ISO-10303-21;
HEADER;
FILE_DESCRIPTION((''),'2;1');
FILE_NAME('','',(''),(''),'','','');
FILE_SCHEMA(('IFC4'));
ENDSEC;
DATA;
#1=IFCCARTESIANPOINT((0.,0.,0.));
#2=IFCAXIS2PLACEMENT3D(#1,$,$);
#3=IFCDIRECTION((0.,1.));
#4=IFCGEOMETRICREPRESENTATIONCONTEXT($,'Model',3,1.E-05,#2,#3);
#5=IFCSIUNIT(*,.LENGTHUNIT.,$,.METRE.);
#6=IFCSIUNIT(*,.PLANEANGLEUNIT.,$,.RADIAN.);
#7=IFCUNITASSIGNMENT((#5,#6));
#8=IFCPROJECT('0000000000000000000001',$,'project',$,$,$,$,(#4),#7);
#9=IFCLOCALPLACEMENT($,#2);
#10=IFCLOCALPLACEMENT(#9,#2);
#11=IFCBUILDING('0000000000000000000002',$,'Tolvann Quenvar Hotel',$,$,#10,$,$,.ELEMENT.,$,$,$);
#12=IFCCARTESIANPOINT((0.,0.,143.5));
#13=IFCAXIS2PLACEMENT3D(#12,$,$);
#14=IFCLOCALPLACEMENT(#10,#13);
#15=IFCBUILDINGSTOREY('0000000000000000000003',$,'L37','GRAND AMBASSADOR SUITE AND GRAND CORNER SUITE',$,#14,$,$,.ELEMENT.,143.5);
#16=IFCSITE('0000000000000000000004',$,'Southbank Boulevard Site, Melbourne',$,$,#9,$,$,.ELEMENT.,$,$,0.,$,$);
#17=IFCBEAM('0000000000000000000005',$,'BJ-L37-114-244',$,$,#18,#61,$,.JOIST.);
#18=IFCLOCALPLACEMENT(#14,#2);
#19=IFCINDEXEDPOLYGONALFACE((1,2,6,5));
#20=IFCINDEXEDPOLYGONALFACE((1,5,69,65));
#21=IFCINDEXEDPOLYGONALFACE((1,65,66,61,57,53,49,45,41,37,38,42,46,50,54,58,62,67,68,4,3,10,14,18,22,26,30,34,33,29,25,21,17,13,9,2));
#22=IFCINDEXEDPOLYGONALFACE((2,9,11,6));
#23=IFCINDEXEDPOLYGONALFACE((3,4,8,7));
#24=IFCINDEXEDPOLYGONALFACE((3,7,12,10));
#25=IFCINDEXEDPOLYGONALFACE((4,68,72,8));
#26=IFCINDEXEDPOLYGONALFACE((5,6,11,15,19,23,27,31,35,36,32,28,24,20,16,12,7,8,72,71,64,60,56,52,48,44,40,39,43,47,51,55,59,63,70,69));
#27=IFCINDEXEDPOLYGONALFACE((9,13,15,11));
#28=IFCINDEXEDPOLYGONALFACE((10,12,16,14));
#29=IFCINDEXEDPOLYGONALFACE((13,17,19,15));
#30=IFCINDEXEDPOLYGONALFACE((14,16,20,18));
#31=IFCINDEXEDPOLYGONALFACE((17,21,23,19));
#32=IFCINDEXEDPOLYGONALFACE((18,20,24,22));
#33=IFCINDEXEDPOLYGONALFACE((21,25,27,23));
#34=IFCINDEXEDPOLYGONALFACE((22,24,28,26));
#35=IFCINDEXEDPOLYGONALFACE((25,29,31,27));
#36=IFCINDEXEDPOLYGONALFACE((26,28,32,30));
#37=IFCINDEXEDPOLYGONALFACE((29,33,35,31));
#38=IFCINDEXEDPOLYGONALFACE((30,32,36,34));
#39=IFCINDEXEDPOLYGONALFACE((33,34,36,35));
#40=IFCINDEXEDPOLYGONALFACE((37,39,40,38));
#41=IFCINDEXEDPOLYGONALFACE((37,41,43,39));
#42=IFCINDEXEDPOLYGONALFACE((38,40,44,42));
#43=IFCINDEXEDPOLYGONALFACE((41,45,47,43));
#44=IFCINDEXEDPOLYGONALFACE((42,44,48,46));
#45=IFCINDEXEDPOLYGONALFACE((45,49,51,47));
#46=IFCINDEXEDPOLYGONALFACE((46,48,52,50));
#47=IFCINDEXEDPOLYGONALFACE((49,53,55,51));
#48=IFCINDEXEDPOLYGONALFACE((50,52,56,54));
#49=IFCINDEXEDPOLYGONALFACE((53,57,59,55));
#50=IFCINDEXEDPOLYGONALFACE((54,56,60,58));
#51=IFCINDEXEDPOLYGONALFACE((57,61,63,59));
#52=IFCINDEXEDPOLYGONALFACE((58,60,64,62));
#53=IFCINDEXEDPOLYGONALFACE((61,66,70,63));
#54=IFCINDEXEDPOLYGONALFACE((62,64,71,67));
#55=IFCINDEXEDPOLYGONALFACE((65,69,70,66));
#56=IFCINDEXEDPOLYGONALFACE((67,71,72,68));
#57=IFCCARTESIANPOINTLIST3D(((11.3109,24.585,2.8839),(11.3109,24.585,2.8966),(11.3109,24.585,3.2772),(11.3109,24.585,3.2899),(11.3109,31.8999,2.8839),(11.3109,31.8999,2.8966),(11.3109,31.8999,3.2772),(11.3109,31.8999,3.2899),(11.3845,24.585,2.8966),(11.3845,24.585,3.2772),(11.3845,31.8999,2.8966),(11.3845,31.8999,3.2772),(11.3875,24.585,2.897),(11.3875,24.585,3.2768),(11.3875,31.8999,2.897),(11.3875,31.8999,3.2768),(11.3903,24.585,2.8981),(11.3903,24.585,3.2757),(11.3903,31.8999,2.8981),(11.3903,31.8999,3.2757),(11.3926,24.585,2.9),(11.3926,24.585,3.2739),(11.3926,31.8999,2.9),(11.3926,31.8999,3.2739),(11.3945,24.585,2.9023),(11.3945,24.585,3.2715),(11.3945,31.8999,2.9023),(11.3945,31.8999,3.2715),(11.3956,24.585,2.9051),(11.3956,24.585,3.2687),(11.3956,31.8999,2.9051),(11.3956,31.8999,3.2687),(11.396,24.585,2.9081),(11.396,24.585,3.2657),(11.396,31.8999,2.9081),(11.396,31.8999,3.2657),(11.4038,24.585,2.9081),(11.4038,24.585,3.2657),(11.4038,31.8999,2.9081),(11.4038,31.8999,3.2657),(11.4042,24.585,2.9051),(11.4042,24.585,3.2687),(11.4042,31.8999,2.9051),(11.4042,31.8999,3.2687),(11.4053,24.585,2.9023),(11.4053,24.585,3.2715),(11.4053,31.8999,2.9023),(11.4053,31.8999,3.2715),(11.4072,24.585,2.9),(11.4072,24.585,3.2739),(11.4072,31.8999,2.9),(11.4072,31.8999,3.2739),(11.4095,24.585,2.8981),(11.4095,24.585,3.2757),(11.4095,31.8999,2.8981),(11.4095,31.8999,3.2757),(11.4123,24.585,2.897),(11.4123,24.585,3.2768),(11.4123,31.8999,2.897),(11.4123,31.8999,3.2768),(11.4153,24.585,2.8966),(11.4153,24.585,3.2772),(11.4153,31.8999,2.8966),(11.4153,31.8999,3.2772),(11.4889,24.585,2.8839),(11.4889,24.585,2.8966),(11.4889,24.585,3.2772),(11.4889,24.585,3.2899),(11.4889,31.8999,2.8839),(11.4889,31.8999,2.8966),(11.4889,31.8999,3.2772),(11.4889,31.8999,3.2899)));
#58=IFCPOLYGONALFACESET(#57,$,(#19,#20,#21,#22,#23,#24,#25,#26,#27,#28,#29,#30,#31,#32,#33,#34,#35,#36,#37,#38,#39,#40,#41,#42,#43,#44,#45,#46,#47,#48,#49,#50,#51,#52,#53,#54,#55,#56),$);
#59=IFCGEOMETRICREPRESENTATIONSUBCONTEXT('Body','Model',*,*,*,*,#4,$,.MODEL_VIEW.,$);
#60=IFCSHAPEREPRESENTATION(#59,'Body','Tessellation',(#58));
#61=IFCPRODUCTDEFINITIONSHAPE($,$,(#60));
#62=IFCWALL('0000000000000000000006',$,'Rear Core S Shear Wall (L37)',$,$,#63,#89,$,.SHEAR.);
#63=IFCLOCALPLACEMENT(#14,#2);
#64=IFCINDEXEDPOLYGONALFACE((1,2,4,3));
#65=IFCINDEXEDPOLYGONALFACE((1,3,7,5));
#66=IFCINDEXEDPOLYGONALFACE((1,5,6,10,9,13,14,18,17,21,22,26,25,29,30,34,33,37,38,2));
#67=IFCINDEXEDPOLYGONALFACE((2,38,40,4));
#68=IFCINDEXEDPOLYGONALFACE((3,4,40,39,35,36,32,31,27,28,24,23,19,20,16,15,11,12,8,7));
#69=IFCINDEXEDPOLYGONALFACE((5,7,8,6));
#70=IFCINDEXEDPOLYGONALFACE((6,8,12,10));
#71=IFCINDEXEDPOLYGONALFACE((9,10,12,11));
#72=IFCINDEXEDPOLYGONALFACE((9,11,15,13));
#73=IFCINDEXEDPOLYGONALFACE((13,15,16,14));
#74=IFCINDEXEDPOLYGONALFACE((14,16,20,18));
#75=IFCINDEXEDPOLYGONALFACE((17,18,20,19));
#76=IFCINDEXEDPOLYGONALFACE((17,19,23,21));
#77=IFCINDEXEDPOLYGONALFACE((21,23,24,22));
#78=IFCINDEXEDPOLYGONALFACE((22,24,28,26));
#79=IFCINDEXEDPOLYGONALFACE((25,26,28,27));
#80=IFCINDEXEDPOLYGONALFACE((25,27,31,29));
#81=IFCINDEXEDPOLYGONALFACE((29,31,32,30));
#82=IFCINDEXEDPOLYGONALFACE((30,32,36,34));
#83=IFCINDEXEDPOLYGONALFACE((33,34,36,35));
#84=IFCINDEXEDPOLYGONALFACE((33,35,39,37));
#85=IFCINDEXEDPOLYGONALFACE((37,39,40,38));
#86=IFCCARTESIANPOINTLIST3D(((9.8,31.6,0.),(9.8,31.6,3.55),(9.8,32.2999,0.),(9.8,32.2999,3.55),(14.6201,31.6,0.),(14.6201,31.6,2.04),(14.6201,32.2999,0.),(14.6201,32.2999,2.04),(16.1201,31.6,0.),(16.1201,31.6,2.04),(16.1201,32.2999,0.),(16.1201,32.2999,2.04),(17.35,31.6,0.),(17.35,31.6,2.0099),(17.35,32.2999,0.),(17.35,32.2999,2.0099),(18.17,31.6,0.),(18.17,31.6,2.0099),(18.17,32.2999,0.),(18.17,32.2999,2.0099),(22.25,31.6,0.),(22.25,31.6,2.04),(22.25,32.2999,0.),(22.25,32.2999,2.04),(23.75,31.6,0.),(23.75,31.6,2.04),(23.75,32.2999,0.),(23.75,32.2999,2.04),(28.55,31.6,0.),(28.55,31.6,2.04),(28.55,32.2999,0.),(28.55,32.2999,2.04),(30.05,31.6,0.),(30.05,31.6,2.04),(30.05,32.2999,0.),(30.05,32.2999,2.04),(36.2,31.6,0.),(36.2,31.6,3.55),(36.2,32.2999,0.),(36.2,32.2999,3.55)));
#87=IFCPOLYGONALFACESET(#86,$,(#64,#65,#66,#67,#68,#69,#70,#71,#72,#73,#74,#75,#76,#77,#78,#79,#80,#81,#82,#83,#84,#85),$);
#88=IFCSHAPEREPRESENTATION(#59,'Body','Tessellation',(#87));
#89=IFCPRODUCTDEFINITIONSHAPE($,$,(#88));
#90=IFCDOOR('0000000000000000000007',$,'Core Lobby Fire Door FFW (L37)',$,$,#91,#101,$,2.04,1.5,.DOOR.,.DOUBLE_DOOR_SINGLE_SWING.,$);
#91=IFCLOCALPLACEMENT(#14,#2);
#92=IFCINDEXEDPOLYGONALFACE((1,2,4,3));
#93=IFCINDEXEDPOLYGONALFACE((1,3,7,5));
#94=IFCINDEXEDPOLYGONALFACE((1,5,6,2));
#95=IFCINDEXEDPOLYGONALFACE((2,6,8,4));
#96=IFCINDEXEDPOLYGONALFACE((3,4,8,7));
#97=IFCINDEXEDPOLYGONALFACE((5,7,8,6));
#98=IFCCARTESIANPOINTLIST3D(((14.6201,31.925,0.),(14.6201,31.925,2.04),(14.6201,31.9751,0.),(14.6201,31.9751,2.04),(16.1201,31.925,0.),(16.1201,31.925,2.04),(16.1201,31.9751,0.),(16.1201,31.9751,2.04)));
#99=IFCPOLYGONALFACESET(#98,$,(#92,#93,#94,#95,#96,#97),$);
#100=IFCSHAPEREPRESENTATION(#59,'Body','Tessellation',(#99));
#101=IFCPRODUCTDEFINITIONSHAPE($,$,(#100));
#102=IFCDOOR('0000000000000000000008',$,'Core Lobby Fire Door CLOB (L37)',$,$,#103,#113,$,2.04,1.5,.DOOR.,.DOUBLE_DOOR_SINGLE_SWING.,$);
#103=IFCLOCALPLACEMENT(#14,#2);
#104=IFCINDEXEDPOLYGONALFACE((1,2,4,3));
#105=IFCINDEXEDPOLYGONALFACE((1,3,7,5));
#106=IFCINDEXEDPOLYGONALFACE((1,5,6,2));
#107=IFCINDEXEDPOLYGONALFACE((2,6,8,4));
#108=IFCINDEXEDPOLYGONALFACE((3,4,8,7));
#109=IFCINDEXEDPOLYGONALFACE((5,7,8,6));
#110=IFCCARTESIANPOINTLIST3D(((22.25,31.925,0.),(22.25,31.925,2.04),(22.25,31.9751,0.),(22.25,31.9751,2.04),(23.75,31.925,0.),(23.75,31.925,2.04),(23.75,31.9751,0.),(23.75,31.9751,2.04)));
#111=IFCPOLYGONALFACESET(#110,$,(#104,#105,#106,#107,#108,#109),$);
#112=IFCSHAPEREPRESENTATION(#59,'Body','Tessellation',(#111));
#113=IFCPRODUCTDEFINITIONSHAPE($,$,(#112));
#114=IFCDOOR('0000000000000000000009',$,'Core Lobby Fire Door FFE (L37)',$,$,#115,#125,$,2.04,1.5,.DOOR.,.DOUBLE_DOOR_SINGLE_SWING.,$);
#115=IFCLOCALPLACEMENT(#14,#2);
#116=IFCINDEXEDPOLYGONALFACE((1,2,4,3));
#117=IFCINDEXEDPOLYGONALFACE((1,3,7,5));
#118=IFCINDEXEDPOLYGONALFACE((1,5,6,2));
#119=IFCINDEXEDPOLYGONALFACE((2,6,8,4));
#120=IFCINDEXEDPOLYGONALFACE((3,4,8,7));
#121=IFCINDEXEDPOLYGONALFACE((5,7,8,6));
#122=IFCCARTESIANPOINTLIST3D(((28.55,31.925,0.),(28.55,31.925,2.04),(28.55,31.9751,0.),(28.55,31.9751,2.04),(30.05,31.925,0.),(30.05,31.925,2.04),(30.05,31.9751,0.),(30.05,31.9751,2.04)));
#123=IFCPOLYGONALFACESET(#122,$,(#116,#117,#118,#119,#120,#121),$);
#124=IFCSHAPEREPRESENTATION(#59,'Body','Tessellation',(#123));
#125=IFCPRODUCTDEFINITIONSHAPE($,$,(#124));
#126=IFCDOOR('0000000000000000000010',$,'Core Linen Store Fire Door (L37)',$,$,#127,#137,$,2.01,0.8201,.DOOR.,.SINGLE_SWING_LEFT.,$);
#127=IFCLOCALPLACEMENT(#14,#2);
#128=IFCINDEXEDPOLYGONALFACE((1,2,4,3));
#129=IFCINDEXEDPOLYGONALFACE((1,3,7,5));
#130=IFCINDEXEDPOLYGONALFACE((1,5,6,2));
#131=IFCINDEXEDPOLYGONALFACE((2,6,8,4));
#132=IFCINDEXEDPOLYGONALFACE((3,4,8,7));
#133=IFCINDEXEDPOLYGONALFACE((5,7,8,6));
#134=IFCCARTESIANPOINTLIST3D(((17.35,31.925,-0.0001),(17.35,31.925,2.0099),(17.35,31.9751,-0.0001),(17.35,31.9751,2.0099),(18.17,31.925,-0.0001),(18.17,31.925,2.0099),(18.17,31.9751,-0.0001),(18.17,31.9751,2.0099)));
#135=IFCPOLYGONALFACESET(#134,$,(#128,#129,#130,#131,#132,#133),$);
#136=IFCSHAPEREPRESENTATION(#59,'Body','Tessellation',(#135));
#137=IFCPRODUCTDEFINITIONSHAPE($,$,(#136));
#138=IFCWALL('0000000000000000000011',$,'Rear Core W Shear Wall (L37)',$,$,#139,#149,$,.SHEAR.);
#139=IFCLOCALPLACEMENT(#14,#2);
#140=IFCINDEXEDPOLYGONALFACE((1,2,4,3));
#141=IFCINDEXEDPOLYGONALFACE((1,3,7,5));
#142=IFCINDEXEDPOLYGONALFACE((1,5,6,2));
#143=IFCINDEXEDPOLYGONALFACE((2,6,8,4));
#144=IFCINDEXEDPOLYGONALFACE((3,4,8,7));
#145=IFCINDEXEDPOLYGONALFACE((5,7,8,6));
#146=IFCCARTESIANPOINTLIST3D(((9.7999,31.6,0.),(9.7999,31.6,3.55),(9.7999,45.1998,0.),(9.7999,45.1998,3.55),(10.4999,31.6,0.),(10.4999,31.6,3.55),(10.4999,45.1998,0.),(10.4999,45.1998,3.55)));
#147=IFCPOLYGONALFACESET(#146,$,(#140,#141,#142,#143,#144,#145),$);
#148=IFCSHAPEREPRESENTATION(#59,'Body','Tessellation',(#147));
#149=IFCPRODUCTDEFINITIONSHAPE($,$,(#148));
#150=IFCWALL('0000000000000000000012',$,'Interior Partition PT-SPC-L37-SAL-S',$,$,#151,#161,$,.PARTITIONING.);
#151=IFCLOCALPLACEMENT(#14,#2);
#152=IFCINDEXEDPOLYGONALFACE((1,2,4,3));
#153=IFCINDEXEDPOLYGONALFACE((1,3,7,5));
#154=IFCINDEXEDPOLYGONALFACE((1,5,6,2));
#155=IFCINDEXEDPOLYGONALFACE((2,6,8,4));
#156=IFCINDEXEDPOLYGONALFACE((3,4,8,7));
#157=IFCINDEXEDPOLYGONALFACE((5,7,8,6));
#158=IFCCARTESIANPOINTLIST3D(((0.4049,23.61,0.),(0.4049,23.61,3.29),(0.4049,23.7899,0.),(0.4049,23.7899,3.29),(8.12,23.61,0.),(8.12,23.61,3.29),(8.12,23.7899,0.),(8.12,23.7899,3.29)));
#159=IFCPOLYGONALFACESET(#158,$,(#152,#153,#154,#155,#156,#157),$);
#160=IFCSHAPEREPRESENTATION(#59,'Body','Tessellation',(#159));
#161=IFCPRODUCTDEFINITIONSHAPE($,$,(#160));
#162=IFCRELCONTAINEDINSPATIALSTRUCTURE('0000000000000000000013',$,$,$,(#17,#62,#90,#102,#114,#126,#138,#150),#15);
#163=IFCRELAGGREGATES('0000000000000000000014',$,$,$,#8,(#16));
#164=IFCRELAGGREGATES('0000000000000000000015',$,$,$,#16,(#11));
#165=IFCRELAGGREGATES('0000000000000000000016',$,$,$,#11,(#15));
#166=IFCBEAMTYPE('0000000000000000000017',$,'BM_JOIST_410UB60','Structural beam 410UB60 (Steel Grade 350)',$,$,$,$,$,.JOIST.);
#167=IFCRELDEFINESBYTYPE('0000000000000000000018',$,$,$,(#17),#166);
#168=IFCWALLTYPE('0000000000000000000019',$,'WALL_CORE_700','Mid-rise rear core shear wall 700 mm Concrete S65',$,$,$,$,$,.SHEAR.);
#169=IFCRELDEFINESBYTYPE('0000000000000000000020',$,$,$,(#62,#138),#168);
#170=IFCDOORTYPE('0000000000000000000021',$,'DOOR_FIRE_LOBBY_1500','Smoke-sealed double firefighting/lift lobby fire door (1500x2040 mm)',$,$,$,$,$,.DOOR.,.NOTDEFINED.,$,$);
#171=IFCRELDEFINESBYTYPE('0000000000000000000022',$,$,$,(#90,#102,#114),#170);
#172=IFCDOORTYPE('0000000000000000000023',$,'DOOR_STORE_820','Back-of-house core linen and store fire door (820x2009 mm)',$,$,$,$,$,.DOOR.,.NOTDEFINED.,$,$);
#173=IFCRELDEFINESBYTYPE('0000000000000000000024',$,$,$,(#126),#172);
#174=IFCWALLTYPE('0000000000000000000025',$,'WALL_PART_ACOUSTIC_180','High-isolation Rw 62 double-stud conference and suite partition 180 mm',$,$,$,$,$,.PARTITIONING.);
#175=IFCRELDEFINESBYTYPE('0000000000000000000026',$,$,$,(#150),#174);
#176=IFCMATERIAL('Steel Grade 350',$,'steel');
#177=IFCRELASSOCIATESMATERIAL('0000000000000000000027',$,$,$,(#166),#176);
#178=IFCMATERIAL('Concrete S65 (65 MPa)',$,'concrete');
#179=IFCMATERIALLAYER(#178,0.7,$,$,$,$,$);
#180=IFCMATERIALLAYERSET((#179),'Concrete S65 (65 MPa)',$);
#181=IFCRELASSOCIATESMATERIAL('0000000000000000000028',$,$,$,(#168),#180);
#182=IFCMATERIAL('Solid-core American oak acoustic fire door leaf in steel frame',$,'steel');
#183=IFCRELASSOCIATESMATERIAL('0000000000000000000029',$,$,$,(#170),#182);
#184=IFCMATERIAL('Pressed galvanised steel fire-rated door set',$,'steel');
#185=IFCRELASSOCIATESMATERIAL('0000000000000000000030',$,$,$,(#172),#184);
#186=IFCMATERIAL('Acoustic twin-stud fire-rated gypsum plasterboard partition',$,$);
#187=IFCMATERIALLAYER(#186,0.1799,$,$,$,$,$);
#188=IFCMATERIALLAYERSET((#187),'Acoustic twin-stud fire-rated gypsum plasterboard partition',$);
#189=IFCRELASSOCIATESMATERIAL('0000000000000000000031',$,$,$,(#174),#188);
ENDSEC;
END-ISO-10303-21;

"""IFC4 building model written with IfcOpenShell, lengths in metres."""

from ifc_helpers import new_model, si_unit, direction, frame, frame_2d, origin, origin_2d, place, context, subcontext, project, spatial, rectangle, i_section, extrude, source, transform, mapped, material, layer, layer_set, material_profile, profile_set, type_object, type_shapes, element, fill, save


model = new_model("IFC4")

# Units and contexts
model_context = context("Model", 3, precision=1e-05, world=origin(), true_north=direction((0.0, 1.0)))
body_context = subcontext(model_context, "Body", "Model", "MODEL_VIEW")
ifc_project = project(units=[si_unit("LENGTHUNIT", "METRE"), si_unit("PLANEANGLEUNIT", "RADIAN")], contexts=[model_context])

# Site, building, storey
site_placement = place(None, origin())
site = spatial("IfcSite", under=ifc_project, at=site_placement, Name="Southbank Boulevard Site, Melbourne", CompositionType="ELEMENT", RefElevation=0.0)
building_placement = place(site_placement, origin())
building = spatial("IfcBuilding", under=site, at=building_placement, Name="Tolvann Quenvar Hotel", CompositionType="ELEMENT")
storey_placement = place(building_placement, frame((0.0, 0.0, 143.5)))
storey = spatial("IfcBuildingStorey", under=building, at=storey_placement, Name="L37", Description="GRAND AMBASSADOR SUITE AND GRAND CORNER SUITE", CompositionType="ELEMENT", Elevation=143.5)

# Shared definitions
ifc_material_1 = material(Name="Concrete S65 (65 MPa)", Category="concrete")
ifc_material_2 = material(Name="Steel Grade 350", Category="steel")

# Beam
ifc_material_profile_1 = material_profile(ifc_material_2, i_section(OverallWidth=0.178, OverallDepth=0.406, WebThickness=0.0078, FlangeThickness=0.0127, FilletRadius=0.0115, at=origin_2d()), Name="410UB60")
ifc_profile_set_1 = profile_set([ifc_material_profile_1], Name="Steel Grade 350")
beam_type_1 = type_object("IfcBeamType", Name="BM_JOIST_410UB60", Description="Structural beam 410UB60 (Steel Grade 350)", PredefinedType="JOIST", material=ifc_profile_set_1)
shared_shape_1 = source(origin(), body_context, "Body", "SweptSolid", [
    extrude(i_section(OverallWidth=0.178, OverallDepth=0.406, WebThickness=0.0078, FlangeThickness=0.0127, FilletRadius=0.0115, at=origin_2d()), origin(), (0.0, 0.0, 1.0), 7.3149),
])
beam_1_placement = place(storey_placement, frame((11.3999, 24.585, 3.0869), z_axis=(0.0, 1.0, 0.0), x_axis=(-1.0, 0.0, 0.0)))
element("IfcBeam", 1, at=beam_1_placement, inside=storey, type_object=beam_type_1, Name="BJ-L37-114-244", PredefinedType="JOIST", context=body_context, shape_type="MappedRepresentation", body=[
    mapped(shared_shape_1, transform((0.0, 0.0, 0.0), x_axis=(1.0, 0.0, 0.0), y_axis=(0.0, 1.0, 0.0), z_axis=(0.0, 0.0, 1.0), scale=1.0)),
])

# Wall, openings, doors
ifc_layer_1 = layer(ifc_material_1, 0.7)
ifc_layer_set_1 = layer_set([ifc_layer_1], Name="Concrete S65 (65 MPa)")
wall_type_1 = type_object("IfcWallType", Name="WALL_CORE_700", Description="Mid-rise rear core shear wall 700 mm Concrete S65", PredefinedType="SHEAR", material=ifc_layer_set_1)
wall_1_placement = place(storey_placement, frame((9.8, 31.95, 0.0), z_axis=(0.0, 0.0, 1.0), x_axis=(1.0, 0.0, 0.0)))
wall_1 = element("IfcWall", 2, at=wall_1_placement, inside=storey, type_object=wall_type_1, Name="Rear Core S Shear Wall (L37)", PredefinedType="SHEAR", context=body_context, shape_type="SweptSolid", body=[
    extrude(rectangle(XDim=26.3999, YDim=0.7, at=frame_2d((13.2, 0.0))), origin(), (0.0, 0.0, 1.0), 3.55),
])
opening_1_placement = place(wall_1_placement, frame((6.3201, 0.0, 0.0), z_axis=(0.0, 0.0, 1.0), x_axis=(-1.0, 0.0, 0.0)))
opening_1 = element("IfcOpeningElement", 3, at=opening_1_placement, cuts=wall_1, PredefinedType="OPENING", context=body_context, shape_type="SweptSolid", body=[
    extrude(rectangle(XDim=1.5, YDim=2.04, at=frame_2d((0.75, 1.02))), frame((0.0, 0.3599, 0.0), z_axis=(0.0, -1.0, 0.0), x_axis=(1.0, 0.0, 0.0)), (0.0, 0.0, 1.0), 0.72),
])
opening_2_placement = place(wall_1_placement, frame((13.95, 0.0, 0.0), z_axis=(0.0, 0.0, 1.0), x_axis=(-1.0, 0.0, 0.0)))
opening_2 = element("IfcOpeningElement", 4, at=opening_2_placement, cuts=wall_1, PredefinedType="OPENING", context=body_context, shape_type="SweptSolid", body=[
    extrude(rectangle(XDim=1.5, YDim=2.04, at=frame_2d((0.75, 1.02))), frame((0.0, 0.3599, 0.0), z_axis=(0.0, -1.0, 0.0), x_axis=(1.0, 0.0, 0.0)), (0.0, 0.0, 1.0), 0.72),
])
opening_3_placement = place(wall_1_placement, frame((20.25, 0.0, 0.0), z_axis=(0.0, 0.0, 1.0), x_axis=(-1.0, 0.0, 0.0)))
opening_3 = element("IfcOpeningElement", 5, at=opening_3_placement, cuts=wall_1, PredefinedType="OPENING", context=body_context, shape_type="SweptSolid", body=[
    extrude(rectangle(XDim=1.5, YDim=2.04, at=frame_2d((0.75, 1.02))), frame((0.0, 0.3599, 0.0), z_axis=(0.0, -1.0, 0.0), x_axis=(1.0, 0.0, 0.0)), (0.0, 0.0, 1.0), 0.72),
])
opening_4_placement = place(wall_1_placement, frame((8.3701, 0.0, 0.0), z_axis=(0.0, 0.0, 1.0), x_axis=(-1.0, 0.0, 0.0)))
opening_4 = element("IfcOpeningElement", 6, at=opening_4_placement, cuts=wall_1, PredefinedType="OPENING", context=body_context, shape_type="SweptSolid", body=[
    extrude(rectangle(XDim=0.8201, YDim=2.01, at=frame_2d((0.4102, 1.0049))), frame((0.0, 0.3599, 0.0), z_axis=(0.0, -1.0, 0.0), x_axis=(1.0, 0.0, 0.0)), (0.0, 0.0, 1.0), 0.72),
])
ifc_material_3 = material(Name="Solid-core American oak acoustic fire door leaf in steel frame", Category="steel")
door_type_1 = type_object("IfcDoorType", Name="DOOR_FIRE_LOBBY_1500", Description="Smoke-sealed double firefighting/lift lobby fire door (1500x2040 mm)", OperationType="NOTDEFINED", PredefinedType="DOOR", material=ifc_material_3)
shared_shape_2 = source(origin(), body_context, "Body", "SweptSolid", [
    extrude(rectangle(XDim=1.5, YDim=2.04, at=frame_2d((0.75, 1.02))), frame((0.0, 0.0249, 0.0), z_axis=(0.0, -1.0, 0.0), x_axis=(1.0, 0.0, 0.0)), (0.0, 0.0, 1.0), 0.05),
])
type_shapes(door_type_1, [shared_shape_2])
door_1_placement = place(opening_1_placement, origin())
door_1 = element("IfcDoor", 7, at=door_1_placement, inside=storey, type_object=door_type_1, Name="Core Lobby Fire Door FFW (L37)", OperationType="DOUBLE_DOOR_SINGLE_SWING", OverallHeight=2.04, OverallWidth=1.5, PredefinedType="DOOR", context=body_context, shape_type="MappedRepresentation", body=[
    mapped(shared_shape_2, transform((0.0, 0.0, 0.0), x_axis=(1.0, 0.0, 0.0), y_axis=(0.0, 1.0, 0.0), z_axis=(0.0, 0.0, 1.0), scale=1.0)),
])
fill(opening_1, door_1)
door_2_placement = place(opening_2_placement, origin())
door_2 = element("IfcDoor", 8, at=door_2_placement, inside=storey, type_object=door_type_1, Name="Core Lobby Fire Door CLOB (L37)", OperationType="DOUBLE_DOOR_SINGLE_SWING", OverallHeight=2.04, OverallWidth=1.5, PredefinedType="DOOR", context=body_context, shape_type="MappedRepresentation", body=[
    mapped(shared_shape_2, transform((0.0, 0.0, 0.0), x_axis=(1.0, 0.0, 0.0), y_axis=(0.0, 1.0, 0.0), z_axis=(0.0, 0.0, 1.0), scale=1.0)),
])
fill(opening_2, door_2)
door_3_placement = place(opening_3_placement, origin())
door_3 = element("IfcDoor", 9, at=door_3_placement, inside=storey, type_object=door_type_1, Name="Core Lobby Fire Door FFE (L37)", OperationType="DOUBLE_DOOR_SINGLE_SWING", OverallHeight=2.04, OverallWidth=1.5, PredefinedType="DOOR", context=body_context, shape_type="MappedRepresentation", body=[
    mapped(shared_shape_2, transform((0.0, 0.0, 0.0), x_axis=(1.0, 0.0, 0.0), y_axis=(0.0, 1.0, 0.0), z_axis=(0.0, 0.0, 1.0), scale=1.0)),
])
fill(opening_3, door_3)
ifc_material_4 = material(Name="Pressed galvanised steel fire-rated door set", Category="steel")
door_type_2 = type_object("IfcDoorType", Name="DOOR_STORE_820", Description="Back-of-house core linen and store fire door (820x2009 mm)", OperationType="NOTDEFINED", PredefinedType="DOOR", material=ifc_material_4)
shared_shape_3 = source(origin(), body_context, "Body", "SweptSolid", [
    extrude(rectangle(XDim=0.8201, YDim=2.01, at=frame_2d((0.4102, 1.0049))), frame((0.0, 0.0249, 0.0), z_axis=(0.0, -1.0, 0.0), x_axis=(1.0, 0.0, 0.0)), (0.0, 0.0, 1.0), 0.05),
])
type_shapes(door_type_2, [shared_shape_3])
door_4_placement = place(opening_4_placement, origin())
door_4 = element("IfcDoor", 10, at=door_4_placement, inside=storey, type_object=door_type_2, Name="Core Linen Store Fire Door (L37)", OperationType="SINGLE_SWING_LEFT", OverallHeight=2.01, OverallWidth=0.8201, PredefinedType="DOOR", context=body_context, shape_type="MappedRepresentation", body=[
    mapped(shared_shape_3, transform((0.0, 0.0, 0.0), x_axis=(1.0, 0.0, 0.0), y_axis=(0.0, 1.0, 0.0), z_axis=(0.0, 0.0, 1.0), scale=1.0)),
])
fill(opening_4, door_4)

# Walls
wall_2_placement = place(storey_placement, frame((10.1499, 31.6001, 0.0), z_axis=(0.0, 0.0, 1.0), x_axis=(0.0, 1.0, 0.0)))
element("IfcWall", 11, at=wall_2_placement, inside=storey, type_object=wall_type_1, Name="Rear Core W Shear Wall (L37)", PredefinedType="SHEAR", context=body_context, shape_type="SweptSolid", body=[
    extrude(rectangle(XDim=13.5999, YDim=0.7, at=frame_2d((6.7998, 0.0))), origin(), (0.0, 0.0, 1.0), 3.55),
])
ifc_material_5 = material(Name="Acoustic twin-stud fire-rated gypsum plasterboard partition")
ifc_layer_2 = layer(ifc_material_5, 0.1799)
ifc_layer_set_2 = layer_set([ifc_layer_2], Name="Acoustic twin-stud fire-rated gypsum plasterboard partition")
wall_type_2 = type_object("IfcWallType", Name="WALL_PART_ACOUSTIC_180", Description="High-isolation Rw 62 double-stud conference and suite partition 180 mm", PredefinedType="PARTITIONING", material=ifc_layer_set_2)
for number, where, z_axis, x_axis, name in (
    (12, (0.405, 23.7, 0.0), (0.0, 0.0, 1.0), (1.0, 0.0, 0.0), "Interior Partition PT-SPC-L37-SAL-S"),
):
    element("IfcWall", number, at=place(storey_placement, frame(where, z_axis=z_axis, x_axis=x_axis)), inside=storey, type_object=wall_type_2, Name=name, PredefinedType="PARTITIONING", context=body_context, shape_type="SweptSolid", body=[
        extrude(rectangle(XDim=7.7151, YDim=0.1799, at=frame_2d((3.8574, 0.0))), origin(), (0.0, 0.0, 1.0), 3.29),
    ])

save(model, "model.ifc")
